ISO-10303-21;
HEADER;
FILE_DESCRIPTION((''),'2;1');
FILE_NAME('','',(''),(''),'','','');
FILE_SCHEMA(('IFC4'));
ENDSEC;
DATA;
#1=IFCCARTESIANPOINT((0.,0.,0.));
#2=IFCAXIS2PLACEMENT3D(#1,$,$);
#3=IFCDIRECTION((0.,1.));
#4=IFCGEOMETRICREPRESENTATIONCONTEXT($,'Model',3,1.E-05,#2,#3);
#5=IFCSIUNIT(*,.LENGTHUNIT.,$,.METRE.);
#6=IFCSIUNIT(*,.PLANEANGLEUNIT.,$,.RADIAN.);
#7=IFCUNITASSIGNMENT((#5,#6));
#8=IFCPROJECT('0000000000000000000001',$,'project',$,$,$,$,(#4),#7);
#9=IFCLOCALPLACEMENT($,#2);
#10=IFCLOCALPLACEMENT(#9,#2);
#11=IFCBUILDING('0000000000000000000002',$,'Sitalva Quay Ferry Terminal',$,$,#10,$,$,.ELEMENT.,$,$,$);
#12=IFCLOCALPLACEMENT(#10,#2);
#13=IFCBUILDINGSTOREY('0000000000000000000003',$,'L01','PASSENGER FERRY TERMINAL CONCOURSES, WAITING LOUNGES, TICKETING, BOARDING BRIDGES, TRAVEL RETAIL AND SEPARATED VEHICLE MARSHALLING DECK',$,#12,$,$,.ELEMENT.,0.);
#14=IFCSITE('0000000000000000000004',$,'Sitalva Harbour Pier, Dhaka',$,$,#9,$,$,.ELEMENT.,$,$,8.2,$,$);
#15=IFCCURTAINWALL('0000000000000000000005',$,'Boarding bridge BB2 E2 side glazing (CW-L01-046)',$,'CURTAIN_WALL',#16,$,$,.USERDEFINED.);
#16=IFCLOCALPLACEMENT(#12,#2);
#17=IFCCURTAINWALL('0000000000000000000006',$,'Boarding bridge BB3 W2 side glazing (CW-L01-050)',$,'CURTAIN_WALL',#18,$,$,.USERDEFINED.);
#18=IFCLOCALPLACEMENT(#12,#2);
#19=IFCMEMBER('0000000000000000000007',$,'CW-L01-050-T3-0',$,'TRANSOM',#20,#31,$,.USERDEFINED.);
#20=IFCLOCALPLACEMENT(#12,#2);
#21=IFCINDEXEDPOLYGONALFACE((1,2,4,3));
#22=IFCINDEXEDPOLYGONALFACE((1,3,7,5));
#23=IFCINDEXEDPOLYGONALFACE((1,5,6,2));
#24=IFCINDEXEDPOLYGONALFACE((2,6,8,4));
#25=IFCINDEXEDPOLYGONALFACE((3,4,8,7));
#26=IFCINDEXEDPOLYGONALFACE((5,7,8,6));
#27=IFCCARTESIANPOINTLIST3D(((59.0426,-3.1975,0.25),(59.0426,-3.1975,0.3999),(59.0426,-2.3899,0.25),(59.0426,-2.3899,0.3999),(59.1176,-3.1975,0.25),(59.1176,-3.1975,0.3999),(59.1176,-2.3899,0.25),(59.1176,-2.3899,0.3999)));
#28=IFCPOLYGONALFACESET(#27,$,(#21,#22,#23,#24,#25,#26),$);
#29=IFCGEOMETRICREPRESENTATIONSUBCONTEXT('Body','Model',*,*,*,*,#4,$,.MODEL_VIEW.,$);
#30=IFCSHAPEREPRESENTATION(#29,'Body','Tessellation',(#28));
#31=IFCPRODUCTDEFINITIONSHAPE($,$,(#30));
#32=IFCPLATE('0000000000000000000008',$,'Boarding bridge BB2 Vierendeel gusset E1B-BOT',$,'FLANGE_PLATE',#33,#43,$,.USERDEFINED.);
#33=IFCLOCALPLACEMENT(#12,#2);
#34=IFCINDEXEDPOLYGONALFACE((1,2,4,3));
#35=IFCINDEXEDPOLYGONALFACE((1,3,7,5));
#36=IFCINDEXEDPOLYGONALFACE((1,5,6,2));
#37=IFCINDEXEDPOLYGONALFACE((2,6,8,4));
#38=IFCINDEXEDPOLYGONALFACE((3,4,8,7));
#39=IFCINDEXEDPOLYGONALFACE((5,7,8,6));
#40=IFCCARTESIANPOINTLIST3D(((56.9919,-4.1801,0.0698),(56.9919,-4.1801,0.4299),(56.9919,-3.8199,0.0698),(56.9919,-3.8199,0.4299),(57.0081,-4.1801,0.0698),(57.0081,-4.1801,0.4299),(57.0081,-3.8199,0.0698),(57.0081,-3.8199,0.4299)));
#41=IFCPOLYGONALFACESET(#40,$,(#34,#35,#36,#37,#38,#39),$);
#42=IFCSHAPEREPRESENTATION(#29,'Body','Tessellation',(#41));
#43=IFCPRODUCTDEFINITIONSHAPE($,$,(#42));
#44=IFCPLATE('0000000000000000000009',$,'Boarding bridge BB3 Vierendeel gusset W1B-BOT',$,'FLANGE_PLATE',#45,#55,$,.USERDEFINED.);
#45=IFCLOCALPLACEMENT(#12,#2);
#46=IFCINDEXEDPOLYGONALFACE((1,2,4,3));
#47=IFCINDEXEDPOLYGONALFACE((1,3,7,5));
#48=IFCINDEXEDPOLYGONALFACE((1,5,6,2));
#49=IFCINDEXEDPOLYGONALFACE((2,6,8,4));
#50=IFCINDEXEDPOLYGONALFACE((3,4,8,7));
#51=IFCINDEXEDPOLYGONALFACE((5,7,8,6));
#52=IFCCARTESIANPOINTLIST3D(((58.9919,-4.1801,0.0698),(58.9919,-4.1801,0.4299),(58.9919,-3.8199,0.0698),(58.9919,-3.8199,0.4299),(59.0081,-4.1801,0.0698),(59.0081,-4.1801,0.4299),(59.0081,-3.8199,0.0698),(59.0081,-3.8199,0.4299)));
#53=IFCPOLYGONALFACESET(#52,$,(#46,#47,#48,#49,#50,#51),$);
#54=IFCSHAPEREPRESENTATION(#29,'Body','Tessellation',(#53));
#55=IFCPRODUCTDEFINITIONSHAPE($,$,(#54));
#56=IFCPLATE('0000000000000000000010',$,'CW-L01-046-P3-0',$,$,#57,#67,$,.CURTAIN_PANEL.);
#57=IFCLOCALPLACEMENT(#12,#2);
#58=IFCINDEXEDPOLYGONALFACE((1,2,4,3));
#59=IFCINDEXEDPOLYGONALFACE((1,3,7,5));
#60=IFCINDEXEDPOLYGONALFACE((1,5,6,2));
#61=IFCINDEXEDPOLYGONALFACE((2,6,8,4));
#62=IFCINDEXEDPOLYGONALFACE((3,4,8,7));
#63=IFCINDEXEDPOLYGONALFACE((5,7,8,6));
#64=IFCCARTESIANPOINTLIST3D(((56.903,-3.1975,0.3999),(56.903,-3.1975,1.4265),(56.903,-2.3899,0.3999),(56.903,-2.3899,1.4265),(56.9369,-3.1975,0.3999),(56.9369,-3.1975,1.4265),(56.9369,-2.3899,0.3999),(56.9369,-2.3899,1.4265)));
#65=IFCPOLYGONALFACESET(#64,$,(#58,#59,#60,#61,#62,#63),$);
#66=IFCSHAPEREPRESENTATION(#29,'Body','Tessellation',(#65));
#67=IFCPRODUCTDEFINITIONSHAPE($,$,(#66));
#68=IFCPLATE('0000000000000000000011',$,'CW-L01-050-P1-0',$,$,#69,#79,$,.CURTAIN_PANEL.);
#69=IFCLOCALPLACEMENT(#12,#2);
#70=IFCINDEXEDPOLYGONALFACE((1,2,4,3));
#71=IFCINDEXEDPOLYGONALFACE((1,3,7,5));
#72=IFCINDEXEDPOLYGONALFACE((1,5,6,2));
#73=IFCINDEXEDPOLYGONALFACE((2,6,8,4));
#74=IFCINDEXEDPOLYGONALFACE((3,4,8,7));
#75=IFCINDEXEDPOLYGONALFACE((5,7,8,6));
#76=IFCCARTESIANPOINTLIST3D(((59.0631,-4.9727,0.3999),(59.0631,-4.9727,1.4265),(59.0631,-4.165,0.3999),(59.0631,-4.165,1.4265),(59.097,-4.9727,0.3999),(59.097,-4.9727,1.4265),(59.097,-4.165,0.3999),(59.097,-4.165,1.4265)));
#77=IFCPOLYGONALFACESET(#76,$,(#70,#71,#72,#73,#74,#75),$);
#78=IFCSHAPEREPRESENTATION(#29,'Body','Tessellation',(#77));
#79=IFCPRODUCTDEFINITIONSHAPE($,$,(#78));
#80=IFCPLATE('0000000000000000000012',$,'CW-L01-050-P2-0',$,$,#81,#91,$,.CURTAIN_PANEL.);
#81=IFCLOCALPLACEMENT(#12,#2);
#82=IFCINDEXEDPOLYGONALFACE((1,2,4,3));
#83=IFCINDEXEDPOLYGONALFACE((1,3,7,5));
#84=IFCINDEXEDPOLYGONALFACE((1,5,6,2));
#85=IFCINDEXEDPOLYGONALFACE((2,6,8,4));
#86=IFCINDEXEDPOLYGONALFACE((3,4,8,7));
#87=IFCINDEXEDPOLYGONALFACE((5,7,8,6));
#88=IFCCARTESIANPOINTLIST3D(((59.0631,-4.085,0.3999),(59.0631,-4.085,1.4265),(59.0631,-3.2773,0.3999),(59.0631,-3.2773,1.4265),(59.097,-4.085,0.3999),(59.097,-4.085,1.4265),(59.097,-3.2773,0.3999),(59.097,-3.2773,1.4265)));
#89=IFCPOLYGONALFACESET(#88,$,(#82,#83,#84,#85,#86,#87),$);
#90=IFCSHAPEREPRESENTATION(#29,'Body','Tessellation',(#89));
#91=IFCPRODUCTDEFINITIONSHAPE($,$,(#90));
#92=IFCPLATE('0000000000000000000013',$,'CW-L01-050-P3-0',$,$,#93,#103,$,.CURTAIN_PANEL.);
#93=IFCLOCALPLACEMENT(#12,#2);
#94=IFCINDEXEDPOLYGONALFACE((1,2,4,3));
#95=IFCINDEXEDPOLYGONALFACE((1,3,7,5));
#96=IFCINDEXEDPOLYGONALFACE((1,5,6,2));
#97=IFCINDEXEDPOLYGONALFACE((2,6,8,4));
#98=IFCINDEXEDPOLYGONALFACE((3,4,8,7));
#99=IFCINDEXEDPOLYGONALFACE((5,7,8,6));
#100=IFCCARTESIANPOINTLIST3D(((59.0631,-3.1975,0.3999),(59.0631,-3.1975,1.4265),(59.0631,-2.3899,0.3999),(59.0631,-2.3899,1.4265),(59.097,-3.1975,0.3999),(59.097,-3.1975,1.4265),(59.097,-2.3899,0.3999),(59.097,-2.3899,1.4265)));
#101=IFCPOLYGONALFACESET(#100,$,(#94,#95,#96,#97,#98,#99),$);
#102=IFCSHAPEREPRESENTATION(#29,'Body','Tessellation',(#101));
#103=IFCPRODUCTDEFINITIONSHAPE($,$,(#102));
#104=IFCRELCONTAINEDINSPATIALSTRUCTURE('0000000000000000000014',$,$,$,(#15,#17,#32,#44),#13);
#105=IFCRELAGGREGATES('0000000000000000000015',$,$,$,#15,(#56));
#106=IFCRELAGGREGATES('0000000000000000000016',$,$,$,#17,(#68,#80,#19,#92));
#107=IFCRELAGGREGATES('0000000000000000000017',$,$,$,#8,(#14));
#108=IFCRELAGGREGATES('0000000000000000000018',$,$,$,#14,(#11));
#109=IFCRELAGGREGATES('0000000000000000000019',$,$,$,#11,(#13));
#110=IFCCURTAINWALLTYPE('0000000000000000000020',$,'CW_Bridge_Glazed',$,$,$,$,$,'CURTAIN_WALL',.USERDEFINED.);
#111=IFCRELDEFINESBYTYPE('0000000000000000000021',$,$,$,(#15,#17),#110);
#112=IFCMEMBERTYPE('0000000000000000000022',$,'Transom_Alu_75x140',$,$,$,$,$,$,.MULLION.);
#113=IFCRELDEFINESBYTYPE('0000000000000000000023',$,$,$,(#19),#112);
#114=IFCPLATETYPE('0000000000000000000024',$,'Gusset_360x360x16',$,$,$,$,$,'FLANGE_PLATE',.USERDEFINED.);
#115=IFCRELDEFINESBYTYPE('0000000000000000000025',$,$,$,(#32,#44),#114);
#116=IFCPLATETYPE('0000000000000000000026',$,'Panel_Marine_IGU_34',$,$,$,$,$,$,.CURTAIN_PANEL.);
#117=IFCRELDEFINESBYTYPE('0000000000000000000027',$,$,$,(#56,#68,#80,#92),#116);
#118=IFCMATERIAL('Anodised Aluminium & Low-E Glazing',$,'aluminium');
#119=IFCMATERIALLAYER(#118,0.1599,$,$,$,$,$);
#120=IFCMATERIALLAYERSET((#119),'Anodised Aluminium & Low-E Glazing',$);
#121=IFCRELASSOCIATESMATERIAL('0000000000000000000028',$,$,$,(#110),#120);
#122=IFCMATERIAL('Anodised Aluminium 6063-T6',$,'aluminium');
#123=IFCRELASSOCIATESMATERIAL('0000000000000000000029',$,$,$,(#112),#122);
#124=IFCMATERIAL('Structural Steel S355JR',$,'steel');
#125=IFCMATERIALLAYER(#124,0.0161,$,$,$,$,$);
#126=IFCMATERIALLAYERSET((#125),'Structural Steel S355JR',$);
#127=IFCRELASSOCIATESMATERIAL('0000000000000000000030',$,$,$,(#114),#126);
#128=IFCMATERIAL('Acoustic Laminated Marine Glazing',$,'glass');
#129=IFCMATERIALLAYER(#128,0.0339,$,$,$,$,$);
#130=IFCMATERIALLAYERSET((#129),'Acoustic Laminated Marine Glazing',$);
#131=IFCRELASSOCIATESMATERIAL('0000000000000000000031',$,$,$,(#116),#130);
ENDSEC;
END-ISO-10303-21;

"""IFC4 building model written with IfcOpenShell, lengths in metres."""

from ifc_helpers import new_model, si_unit, direction, frame, origin, origin_2d, place, context, subcontext, project, spatial, rectangle, extrude, material, layer, layer_set, material_profile, profile_set, type_object, element, aggregate, save


model = new_model("IFC4")

# Units and contexts
model_context = context("Model", 3, precision=1e-05, world=origin(), true_north=direction((0.0, 1.0)))
body_context = subcontext(model_context, "Body", "Model", "MODEL_VIEW")
ifc_project = project(units=[si_unit("LENGTHUNIT", "METRE"), si_unit("PLANEANGLEUNIT", "RADIAN")], contexts=[model_context])

# Site, building, storey
site_placement = place(None, origin())
site = spatial("IfcSite", under=ifc_project, at=site_placement, Name="Sitalva Harbour Pier, Dhaka", CompositionType="ELEMENT", RefElevation=8.2)
building_placement = place(site_placement, origin())
building = spatial("IfcBuilding", under=site, at=building_placement, Name="Sitalva Quay Ferry Terminal", CompositionType="ELEMENT")
storey_placement = place(building_placement, origin())
storey = spatial("IfcBuildingStorey", under=building, at=storey_placement, Name="L01", Description="PASSENGER FERRY TERMINAL CONCOURSES, WAITING LOUNGES, TICKETING, BOARDING BRIDGES, TRAVEL RETAIL AND SEPARATED VEHICLE MARSHALLING DECK", CompositionType="ELEMENT", Elevation=0.0)

# Curtain wall
ifc_material_1 = material(Name="Anodised Aluminium & Low-E Glazing", Category="aluminium")
ifc_layer_1 = layer(ifc_material_1, 0.1599)
ifc_layer_set_1 = layer_set([ifc_layer_1], Name="Anodised Aluminium & Low-E Glazing")
curtain_wall_type = type_object("IfcCurtainWallType", Name="CW_Bridge_Glazed", ElementType="CURTAIN_WALL", PredefinedType="USERDEFINED", material=ifc_layer_set_1)
curtain_wall_1_placement = place(storey_placement, origin())
curtain_wall_1 = element("IfcCurtainWall", 1, at=curtain_wall_1_placement, inside=storey, type_object=curtain_wall_type, Name="Boarding bridge BB2 E2 side glazing (CW-L01-046)", ObjectType="CURTAIN_WALL", PredefinedType="USERDEFINED")

# Curtain wall
curtain_wall_2_placement = place(storey_placement, origin())
curtain_wall_2 = element("IfcCurtainWall", 2, at=curtain_wall_2_placement, inside=storey, type_object=curtain_wall_type, Name="Boarding bridge BB3 W2 side glazing (CW-L01-050)", ObjectType="CURTAIN_WALL", PredefinedType="USERDEFINED")

# Member
ifc_material_2 = material(Name="Anodised Aluminium 6063-T6", Category="aluminium")
ifc_material_profile_1 = material_profile(ifc_material_2, rectangle(XDim=0.075, YDim=0.1499, at=origin_2d()), Name="ALU75x150")
ifc_profile_set_1 = profile_set([ifc_material_profile_1], Name="Anodised Aluminium 6063-T6")
member_type_1 = type_object("IfcMemberType", Name="Transom_Alu_75x140", PredefinedType="MULLION", material=ifc_profile_set_1)
member_1_placement = place(storey_placement, frame((59.0801, -3.1975, 0.325), z_axis=(0.0, 1.0, 0.0), x_axis=(-1.0, 0.0, 0.0)))
member_1 = element("IfcMember", 3, at=member_1_placement, type_object=member_type_1, Name="CW-L01-050-T3-0", ObjectType="TRANSOM", PredefinedType="USERDEFINED", context=body_context, shape_type="SweptSolid", body=[
    extrude(rectangle(XDim=0.075, YDim=0.1499, at=origin_2d()), origin(), (0.0, 0.0, 1.0), 0.8076),
])

# Plates
ifc_material_3 = material(Name="Structural Steel S355JR", Category="steel")
ifc_layer_2 = layer(ifc_material_3, 0.0161)
ifc_layer_set_2 = layer_set([ifc_layer_2], Name="Structural Steel S355JR")
plate_type_1 = type_object("IfcPlateType", Name="Gusset_360x360x16", ElementType="FLANGE_PLATE", PredefinedType="USERDEFINED", material=ifc_layer_set_2)
for number, where, z_axis, x_axis, name in (
    (4, (57.0, -4.0, 0.0698), (0.0, 0.0, 1.0), (1.0, 0.0, 0.0), "Boarding bridge BB2 Vierendeel gusset E1B-BOT"),
    (5, (59.0, -4.0, 0.0698), (0.0, 0.0, 1.0), (1.0, 0.0, 0.0), "Boarding bridge BB3 Vierendeel gusset W1B-BOT"),
):
    element("IfcPlate", number, at=place(storey_placement, frame(where, z_axis=z_axis, x_axis=x_axis)), inside=storey, type_object=plate_type_1, Name=name, ObjectType="FLANGE_PLATE", PredefinedType="USERDEFINED", context=body_context, shape_type="SweptSolid", body=[
        extrude(rectangle(XDim=0.0161, YDim=0.3601, at=origin_2d()), origin(), (0.0, 0.0, 1.0), 0.3601),
    ])

# Plates
ifc_material_4 = material(Name="Acoustic Laminated Marine Glazing", Category="glass")
ifc_layer_3 = layer(ifc_material_4, 0.0339)
ifc_layer_set_3 = layer_set([ifc_layer_3], Name="Acoustic Laminated Marine Glazing")
plate_type_2 = type_object("IfcPlateType", Name="Panel_Marine_IGU_34", PredefinedType="CURTAIN_PANEL", material=ifc_layer_set_3)
plate_1_placement = place(storey_placement, frame((56.9199, -2.7937, 0.3999), z_axis=(0.0, 0.0, 1.0), x_axis=(0.0, 1.0, 0.0)))
plate_1 = element("IfcPlate", 6, at=plate_1_placement, type_object=plate_type_2, Name="CW-L01-046-P3-0", PredefinedType="CURTAIN_PANEL", context=body_context, shape_type="SweptSolid", body=[
    extrude(rectangle(XDim=0.8076, YDim=0.0339, at=origin_2d()), origin(), (0.0, 0.0, 1.0), 1.0266),
])
aggregate(curtain_wall_1, [plate_1])
plate_2_placement = place(storey_placement, frame((59.0801, -4.5688, 0.3999), z_axis=(0.0, 0.0, 1.0), x_axis=(0.0, 1.0, 0.0)))
plate_2 = element("IfcPlate", 7, at=plate_2_placement, type_object=plate_type_2, Name="CW-L01-050-P1-0", PredefinedType="CURTAIN_PANEL", context=body_context, shape_type="SweptSolid", body=[
    extrude(rectangle(XDim=0.8076, YDim=0.0339, at=origin_2d()), origin(), (0.0, 0.0, 1.0), 1.0266),
])
plate_3_placement = place(storey_placement, frame((59.0801, -3.6812, 0.3999), z_axis=(0.0, 0.0, 1.0), x_axis=(0.0, 1.0, 0.0)))
plate_3 = element("IfcPlate", 8, at=plate_3_placement, type_object=plate_type_2, Name="CW-L01-050-P2-0", PredefinedType="CURTAIN_PANEL", context=body_context, shape_type="SweptSolid", body=[
    extrude(rectangle(XDim=0.8076, YDim=0.0339, at=origin_2d()), origin(), (0.0, 0.0, 1.0), 1.0266),
])
plate_4_placement = place(storey_placement, frame((59.0801, -2.7937, 0.3999), z_axis=(0.0, 0.0, 1.0), x_axis=(0.0, 1.0, 0.0)))
plate_4 = element("IfcPlate", 9, at=plate_4_placement, type_object=plate_type_2, Name="CW-L01-050-P3-0", PredefinedType="CURTAIN_PANEL", context=body_context, shape_type="SweptSolid", body=[
    extrude(rectangle(XDim=0.8076, YDim=0.0339, at=origin_2d()), origin(), (0.0, 0.0, 1.0), 1.0266),
])
aggregate(curtain_wall_2, [plate_2, plate_3, member_1, plate_4])

save(model, "model.ifc")
